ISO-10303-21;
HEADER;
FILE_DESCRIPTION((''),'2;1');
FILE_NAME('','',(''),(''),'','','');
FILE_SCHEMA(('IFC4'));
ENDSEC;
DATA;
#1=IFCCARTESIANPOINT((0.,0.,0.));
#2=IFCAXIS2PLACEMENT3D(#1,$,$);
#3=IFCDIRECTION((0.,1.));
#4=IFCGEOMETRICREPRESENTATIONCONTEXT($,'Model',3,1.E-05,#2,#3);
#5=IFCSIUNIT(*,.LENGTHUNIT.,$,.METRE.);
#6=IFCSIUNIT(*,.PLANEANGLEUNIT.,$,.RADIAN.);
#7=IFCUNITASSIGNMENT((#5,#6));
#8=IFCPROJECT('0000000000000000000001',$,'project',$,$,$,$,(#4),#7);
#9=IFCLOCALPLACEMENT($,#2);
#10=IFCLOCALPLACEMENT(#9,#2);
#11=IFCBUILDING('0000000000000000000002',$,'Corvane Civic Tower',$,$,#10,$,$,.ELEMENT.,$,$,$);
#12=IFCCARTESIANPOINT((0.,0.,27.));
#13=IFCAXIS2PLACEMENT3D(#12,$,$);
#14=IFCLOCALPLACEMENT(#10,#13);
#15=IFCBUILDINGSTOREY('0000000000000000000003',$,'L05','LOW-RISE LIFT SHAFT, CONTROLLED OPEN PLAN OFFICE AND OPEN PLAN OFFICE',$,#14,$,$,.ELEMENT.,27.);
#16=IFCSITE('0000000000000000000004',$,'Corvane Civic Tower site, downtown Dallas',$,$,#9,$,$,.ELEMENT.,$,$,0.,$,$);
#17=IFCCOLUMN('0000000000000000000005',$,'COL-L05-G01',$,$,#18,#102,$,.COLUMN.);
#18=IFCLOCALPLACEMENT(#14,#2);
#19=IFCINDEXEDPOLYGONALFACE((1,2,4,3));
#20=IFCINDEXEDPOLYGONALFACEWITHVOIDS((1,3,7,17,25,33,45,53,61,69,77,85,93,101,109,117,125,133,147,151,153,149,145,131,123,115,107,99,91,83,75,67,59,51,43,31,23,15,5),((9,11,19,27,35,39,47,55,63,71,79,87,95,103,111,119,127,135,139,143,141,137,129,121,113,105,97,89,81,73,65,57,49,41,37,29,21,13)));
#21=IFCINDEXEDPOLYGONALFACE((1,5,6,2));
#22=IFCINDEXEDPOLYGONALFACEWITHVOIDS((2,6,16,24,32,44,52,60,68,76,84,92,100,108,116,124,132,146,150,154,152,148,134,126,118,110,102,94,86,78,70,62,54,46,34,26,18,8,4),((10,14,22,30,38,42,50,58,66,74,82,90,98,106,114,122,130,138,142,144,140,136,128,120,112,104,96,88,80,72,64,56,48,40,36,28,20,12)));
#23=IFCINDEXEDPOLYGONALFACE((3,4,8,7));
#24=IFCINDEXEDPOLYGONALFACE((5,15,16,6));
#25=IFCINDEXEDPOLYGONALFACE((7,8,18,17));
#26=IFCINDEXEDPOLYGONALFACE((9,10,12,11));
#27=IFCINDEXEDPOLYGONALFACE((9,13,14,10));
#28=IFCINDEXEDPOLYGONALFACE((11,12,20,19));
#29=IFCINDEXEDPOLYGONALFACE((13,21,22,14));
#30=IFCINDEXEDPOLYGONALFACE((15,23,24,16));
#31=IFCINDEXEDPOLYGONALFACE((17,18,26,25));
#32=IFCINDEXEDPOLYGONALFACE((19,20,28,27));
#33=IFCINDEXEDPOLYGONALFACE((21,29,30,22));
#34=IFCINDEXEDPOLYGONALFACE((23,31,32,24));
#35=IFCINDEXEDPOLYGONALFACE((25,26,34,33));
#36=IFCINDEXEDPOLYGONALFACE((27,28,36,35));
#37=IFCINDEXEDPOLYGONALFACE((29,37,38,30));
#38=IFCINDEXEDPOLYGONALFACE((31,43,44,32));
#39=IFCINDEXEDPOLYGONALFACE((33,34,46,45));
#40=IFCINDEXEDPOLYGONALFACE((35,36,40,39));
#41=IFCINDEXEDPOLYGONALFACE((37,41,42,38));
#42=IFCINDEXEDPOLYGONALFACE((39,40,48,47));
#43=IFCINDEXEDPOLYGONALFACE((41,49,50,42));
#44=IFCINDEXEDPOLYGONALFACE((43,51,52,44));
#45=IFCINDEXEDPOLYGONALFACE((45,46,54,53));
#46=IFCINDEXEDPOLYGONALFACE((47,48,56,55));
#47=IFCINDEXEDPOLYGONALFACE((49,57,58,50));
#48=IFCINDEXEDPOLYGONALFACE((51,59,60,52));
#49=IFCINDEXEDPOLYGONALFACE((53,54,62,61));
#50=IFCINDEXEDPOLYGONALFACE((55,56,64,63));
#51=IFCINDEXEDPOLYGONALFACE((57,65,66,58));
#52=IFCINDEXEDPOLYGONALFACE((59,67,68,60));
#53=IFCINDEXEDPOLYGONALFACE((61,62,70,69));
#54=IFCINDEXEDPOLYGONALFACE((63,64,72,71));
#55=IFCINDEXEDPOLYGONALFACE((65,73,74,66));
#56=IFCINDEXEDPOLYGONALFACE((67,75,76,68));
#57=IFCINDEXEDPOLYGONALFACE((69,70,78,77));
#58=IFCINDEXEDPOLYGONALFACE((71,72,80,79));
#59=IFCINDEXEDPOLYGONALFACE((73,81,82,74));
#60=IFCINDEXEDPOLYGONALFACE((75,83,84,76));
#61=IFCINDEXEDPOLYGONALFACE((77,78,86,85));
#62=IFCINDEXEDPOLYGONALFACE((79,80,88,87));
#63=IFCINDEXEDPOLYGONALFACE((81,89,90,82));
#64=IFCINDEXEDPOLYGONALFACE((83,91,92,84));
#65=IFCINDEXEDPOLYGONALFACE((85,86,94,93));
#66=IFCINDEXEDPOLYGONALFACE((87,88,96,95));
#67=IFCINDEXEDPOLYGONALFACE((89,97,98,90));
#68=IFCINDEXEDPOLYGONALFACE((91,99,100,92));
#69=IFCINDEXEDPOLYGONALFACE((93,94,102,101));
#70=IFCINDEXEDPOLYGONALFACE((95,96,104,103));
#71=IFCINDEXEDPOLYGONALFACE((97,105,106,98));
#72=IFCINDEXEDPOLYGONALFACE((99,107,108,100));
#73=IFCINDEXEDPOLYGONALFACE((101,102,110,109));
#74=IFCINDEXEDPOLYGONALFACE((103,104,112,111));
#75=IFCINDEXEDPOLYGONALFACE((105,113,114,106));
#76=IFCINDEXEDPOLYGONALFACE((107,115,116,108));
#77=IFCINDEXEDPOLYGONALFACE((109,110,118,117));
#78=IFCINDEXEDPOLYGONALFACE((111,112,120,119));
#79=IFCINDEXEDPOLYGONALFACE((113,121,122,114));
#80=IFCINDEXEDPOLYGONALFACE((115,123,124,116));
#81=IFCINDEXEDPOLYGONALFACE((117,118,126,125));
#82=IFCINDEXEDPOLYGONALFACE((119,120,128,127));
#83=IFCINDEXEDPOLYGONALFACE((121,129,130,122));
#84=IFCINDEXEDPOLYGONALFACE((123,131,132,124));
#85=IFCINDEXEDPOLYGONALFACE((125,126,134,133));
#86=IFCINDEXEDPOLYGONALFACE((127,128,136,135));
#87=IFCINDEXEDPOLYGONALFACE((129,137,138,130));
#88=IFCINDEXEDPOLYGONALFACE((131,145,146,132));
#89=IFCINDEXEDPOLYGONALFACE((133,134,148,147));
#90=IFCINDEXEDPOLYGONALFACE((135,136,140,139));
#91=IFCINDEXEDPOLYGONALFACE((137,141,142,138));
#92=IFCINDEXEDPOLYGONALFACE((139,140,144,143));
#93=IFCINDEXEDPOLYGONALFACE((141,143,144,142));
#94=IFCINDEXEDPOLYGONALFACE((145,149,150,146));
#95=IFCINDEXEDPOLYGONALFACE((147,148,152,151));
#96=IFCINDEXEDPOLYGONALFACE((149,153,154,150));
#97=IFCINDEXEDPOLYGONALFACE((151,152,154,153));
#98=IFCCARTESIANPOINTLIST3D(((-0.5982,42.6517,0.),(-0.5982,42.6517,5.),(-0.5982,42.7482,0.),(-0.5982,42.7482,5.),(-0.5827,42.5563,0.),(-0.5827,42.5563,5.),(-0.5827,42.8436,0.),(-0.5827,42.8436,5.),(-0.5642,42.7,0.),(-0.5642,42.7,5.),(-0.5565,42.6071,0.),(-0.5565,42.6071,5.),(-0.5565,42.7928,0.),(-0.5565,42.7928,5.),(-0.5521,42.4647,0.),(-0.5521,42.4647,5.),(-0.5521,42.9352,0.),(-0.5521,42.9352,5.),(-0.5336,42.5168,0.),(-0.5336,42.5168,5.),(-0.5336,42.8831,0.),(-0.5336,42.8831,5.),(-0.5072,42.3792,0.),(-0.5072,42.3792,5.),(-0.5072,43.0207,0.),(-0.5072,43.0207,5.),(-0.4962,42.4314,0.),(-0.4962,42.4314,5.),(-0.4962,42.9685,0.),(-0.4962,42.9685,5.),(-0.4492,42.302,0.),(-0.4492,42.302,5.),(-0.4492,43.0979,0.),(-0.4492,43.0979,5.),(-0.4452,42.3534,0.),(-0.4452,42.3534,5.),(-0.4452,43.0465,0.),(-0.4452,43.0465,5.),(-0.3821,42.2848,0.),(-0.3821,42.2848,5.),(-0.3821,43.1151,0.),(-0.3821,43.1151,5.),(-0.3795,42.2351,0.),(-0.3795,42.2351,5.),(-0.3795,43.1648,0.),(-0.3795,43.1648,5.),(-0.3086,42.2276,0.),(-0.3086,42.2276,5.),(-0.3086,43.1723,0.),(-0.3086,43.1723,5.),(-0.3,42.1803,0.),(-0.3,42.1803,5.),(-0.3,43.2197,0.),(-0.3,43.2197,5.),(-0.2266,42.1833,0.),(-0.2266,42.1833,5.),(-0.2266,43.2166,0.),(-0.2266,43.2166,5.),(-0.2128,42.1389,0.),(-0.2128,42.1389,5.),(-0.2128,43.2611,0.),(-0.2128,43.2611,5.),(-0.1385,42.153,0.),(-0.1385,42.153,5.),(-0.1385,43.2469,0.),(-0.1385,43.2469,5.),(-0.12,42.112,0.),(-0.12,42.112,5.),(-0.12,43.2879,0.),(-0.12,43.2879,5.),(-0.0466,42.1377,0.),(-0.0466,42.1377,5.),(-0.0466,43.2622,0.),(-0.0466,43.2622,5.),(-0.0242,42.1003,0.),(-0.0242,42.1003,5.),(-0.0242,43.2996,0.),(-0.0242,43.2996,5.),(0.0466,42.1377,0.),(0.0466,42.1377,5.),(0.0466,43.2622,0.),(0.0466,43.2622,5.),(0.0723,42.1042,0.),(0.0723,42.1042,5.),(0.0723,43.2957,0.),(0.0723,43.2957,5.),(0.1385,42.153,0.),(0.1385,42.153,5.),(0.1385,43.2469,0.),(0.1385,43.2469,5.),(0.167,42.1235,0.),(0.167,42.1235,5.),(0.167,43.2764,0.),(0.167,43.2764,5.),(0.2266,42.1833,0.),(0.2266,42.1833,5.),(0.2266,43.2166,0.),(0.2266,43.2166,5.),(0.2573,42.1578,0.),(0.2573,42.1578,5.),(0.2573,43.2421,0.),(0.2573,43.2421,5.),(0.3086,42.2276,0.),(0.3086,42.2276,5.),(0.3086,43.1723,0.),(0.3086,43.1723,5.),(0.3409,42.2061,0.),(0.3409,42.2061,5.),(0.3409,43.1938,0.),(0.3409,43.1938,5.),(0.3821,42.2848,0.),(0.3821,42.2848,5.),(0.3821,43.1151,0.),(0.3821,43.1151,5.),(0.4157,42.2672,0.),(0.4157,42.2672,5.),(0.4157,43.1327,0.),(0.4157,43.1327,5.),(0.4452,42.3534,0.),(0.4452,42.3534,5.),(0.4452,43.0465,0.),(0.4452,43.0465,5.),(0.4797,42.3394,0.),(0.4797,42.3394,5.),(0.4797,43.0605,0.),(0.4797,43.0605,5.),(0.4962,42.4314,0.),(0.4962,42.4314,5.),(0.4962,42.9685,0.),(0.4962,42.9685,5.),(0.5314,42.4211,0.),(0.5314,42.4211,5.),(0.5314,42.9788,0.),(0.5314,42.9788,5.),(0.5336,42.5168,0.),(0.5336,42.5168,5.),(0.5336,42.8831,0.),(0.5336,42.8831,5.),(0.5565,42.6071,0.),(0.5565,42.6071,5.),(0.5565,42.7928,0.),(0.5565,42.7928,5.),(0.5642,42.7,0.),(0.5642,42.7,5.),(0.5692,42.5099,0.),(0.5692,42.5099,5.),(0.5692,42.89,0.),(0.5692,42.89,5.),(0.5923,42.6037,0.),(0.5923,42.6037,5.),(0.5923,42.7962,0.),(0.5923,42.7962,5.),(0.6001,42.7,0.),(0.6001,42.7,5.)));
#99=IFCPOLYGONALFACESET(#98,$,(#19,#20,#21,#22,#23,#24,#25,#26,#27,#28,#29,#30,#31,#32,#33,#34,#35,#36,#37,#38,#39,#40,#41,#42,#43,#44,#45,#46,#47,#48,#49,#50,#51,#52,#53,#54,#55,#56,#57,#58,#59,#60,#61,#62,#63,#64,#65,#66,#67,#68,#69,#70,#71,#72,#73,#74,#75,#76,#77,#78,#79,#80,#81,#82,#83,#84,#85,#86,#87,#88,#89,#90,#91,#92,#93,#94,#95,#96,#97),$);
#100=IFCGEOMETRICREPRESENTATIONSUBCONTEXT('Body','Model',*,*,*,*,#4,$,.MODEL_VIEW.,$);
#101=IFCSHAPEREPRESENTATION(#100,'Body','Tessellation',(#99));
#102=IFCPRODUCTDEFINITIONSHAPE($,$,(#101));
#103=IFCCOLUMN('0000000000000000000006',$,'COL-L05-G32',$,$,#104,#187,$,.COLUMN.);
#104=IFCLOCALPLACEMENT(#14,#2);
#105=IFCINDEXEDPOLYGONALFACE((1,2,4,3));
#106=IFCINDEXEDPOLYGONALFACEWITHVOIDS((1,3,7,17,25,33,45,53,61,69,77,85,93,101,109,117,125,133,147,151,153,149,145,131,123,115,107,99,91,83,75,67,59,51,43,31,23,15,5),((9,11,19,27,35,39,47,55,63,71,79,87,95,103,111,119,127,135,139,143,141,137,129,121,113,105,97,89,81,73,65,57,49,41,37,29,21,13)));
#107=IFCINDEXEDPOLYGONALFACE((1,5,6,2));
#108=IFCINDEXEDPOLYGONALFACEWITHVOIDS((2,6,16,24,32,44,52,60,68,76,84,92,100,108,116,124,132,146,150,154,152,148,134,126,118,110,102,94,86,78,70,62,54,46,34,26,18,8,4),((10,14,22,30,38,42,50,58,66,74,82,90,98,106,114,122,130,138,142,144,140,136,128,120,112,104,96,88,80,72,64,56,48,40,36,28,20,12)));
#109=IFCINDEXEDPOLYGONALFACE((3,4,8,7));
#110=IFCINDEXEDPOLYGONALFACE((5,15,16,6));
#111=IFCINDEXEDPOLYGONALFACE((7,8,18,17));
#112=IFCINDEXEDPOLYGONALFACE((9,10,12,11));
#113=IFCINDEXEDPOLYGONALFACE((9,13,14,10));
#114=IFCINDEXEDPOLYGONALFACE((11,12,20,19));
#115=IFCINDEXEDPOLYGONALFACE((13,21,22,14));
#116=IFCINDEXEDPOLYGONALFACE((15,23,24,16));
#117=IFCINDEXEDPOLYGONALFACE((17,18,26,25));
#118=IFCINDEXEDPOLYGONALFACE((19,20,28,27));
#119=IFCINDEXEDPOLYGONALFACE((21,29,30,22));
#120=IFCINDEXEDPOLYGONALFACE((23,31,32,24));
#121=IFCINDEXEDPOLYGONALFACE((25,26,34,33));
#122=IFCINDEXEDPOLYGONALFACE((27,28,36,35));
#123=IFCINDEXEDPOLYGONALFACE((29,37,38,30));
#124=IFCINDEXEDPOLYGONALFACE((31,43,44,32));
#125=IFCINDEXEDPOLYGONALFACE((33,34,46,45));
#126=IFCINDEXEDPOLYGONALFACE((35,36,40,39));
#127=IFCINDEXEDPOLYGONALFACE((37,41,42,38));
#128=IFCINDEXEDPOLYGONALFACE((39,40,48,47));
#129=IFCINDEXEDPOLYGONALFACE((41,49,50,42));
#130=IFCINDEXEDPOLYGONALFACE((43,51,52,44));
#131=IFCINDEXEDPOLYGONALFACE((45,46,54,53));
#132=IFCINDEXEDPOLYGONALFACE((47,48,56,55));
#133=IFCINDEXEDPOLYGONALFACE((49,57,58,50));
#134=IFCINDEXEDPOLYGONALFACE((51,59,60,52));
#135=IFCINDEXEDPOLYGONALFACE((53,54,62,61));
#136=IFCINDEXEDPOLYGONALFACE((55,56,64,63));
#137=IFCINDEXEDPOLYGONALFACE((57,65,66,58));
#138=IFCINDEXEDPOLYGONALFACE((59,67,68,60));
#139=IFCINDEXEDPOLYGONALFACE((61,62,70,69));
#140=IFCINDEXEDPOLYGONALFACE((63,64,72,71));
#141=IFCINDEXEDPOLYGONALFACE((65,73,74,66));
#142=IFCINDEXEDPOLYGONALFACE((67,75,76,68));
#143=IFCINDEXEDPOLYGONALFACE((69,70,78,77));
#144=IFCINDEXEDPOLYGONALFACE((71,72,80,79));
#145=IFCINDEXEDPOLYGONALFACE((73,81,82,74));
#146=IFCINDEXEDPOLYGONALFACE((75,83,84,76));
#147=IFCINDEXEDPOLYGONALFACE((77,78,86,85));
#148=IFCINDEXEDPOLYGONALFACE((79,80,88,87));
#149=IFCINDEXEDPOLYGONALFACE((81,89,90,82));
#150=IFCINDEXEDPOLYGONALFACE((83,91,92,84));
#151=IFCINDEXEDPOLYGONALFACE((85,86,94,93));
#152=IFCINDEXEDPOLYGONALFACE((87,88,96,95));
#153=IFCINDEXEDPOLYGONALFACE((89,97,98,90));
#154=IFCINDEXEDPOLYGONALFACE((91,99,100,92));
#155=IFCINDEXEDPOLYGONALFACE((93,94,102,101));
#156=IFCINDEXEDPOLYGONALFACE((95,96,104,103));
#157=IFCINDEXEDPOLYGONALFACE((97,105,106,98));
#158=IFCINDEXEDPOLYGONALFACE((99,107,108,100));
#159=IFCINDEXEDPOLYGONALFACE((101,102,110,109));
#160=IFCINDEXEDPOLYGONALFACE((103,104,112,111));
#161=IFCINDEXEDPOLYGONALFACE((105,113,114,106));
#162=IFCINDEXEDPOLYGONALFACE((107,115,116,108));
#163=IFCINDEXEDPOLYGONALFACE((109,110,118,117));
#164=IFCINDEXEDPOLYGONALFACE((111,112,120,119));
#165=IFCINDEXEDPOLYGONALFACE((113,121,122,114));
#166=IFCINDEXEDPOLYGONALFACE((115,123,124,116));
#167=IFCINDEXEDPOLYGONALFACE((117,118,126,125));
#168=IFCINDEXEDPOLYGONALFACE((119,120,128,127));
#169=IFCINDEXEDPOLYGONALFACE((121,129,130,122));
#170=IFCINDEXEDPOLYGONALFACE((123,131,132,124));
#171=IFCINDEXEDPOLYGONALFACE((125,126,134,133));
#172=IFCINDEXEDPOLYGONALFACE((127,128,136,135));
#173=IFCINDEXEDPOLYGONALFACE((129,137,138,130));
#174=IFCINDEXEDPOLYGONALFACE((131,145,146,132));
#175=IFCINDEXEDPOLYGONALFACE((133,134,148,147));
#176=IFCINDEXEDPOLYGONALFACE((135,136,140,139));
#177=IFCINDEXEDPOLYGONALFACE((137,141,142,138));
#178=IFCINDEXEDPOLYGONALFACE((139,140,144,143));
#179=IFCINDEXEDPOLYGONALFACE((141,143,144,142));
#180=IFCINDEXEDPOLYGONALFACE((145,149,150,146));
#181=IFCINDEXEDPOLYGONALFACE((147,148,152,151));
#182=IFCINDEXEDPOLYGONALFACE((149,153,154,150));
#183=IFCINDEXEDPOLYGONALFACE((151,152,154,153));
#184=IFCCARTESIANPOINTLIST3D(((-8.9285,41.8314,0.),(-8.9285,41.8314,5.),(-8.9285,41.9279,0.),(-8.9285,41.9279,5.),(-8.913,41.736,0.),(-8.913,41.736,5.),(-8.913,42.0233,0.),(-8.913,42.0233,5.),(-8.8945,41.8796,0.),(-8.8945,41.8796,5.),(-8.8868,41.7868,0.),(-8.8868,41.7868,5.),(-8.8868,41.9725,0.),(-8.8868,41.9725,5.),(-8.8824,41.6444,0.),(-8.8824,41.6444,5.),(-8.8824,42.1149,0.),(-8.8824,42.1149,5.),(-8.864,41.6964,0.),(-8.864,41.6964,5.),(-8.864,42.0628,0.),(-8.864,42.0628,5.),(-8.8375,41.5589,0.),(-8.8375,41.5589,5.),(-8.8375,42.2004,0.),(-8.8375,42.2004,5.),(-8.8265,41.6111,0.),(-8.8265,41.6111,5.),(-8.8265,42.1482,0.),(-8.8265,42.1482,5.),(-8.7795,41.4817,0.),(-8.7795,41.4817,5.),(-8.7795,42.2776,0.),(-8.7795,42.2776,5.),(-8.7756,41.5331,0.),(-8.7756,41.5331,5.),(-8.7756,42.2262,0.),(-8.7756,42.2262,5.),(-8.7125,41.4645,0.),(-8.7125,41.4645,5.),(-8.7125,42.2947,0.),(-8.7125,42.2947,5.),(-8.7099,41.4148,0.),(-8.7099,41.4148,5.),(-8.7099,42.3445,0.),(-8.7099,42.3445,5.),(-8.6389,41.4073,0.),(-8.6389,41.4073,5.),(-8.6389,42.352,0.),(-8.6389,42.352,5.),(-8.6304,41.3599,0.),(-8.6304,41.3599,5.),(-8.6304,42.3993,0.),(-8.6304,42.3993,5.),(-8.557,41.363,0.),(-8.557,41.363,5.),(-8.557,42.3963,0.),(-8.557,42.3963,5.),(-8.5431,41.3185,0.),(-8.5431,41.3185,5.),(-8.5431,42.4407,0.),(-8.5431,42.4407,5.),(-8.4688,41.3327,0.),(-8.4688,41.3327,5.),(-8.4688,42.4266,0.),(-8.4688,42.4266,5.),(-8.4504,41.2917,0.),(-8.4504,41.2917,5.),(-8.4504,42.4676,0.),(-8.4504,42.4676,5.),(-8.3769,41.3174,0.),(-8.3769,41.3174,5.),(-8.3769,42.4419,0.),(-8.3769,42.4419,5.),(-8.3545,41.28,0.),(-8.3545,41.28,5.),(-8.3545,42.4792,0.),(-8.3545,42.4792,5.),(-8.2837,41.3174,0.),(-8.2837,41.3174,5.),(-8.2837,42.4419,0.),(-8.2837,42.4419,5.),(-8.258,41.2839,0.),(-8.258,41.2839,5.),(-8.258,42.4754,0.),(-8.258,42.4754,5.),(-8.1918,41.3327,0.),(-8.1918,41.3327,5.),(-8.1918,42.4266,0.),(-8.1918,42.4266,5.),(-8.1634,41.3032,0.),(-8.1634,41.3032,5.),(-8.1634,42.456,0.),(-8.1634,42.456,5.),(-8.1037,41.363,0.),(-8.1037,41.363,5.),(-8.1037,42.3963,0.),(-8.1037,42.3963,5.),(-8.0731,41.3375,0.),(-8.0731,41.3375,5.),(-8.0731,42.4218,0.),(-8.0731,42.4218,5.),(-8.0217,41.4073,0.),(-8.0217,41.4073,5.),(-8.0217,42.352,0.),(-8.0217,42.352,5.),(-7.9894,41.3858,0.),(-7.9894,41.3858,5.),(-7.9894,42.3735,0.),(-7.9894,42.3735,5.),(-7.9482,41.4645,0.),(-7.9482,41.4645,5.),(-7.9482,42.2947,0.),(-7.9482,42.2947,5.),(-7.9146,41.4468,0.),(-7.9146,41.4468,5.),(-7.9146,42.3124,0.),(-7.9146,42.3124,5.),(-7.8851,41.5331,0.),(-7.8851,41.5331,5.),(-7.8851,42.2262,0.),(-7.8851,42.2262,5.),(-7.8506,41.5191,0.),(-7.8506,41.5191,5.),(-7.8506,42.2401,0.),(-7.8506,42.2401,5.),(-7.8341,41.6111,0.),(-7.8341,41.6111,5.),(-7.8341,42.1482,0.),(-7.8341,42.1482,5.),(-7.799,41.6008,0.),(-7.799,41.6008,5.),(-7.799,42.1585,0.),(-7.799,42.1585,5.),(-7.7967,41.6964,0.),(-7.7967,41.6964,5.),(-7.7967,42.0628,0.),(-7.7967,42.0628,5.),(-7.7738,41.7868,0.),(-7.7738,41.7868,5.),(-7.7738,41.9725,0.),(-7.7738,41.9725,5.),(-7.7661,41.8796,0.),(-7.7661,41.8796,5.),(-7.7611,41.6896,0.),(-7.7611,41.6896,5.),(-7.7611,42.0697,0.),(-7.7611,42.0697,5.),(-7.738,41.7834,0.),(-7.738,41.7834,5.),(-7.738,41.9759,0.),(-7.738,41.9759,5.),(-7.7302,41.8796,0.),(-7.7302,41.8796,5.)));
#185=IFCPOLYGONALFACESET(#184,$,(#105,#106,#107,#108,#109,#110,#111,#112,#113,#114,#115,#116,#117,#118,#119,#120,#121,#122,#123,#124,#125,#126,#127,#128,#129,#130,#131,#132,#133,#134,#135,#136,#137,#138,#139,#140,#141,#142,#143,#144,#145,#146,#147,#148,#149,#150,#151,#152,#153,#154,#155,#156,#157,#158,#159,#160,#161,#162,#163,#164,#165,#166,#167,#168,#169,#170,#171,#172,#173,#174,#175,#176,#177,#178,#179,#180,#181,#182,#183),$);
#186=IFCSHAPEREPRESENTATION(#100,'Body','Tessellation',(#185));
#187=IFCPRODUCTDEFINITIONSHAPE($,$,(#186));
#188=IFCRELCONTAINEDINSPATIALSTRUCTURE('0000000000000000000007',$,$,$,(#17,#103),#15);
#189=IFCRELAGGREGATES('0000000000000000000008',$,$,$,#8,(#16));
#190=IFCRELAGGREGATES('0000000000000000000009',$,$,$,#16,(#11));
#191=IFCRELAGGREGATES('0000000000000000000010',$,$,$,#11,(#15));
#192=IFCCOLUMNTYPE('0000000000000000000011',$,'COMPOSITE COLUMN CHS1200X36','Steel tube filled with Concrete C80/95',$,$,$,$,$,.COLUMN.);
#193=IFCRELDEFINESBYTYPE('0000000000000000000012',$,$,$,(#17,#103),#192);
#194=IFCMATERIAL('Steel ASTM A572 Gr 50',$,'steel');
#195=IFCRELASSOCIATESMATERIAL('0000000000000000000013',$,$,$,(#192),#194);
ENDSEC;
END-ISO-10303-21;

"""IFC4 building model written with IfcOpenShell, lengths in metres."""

from ifc_helpers import new_model, si_unit, direction, frame, origin, origin_2d, place, context, subcontext, project, spatial, hollow_circle, extrude, material, material_profile, profile_set, type_object, element, save


model = new_model("IFC4")

# Units and contexts
model_context = context("Model", 3, precision=1e-05, world=origin(), true_north=direction((0.0, 1.0)))
body_context = subcontext(model_context, "Body", "Model", "MODEL_VIEW")
ifc_project = project(units=[si_unit("LENGTHUNIT", "METRE"), si_unit("PLANEANGLEUNIT", "RADIAN")], contexts=[model_context])

# Site, building, storey
site_placement = place(None, origin())
site = spatial("IfcSite", under=ifc_project, at=site_placement, Name="Corvane Civic Tower site, downtown Dallas", CompositionType="ELEMENT", RefElevation=0.0)
building_placement = place(site_placement, origin())
building = spatial("IfcBuilding", under=site, at=building_placement, Name="Corvane Civic Tower", CompositionType="ELEMENT")
storey_placement = place(building_placement, frame((0.0, 0.0, 27.0)))
storey = spatial("IfcBuildingStorey", under=building, at=storey_placement, Name="L05", Description="LOW-RISE LIFT SHAFT, CONTROLLED OPEN PLAN OFFICE AND OPEN PLAN OFFICE", CompositionType="ELEMENT", Elevation=27.0)

# Columns
ifc_material_1 = material(Name="Steel ASTM A572 Gr 50", Category="steel")
ifc_material_profile_1 = material_profile(ifc_material_1, hollow_circle(Radius=0.6001, WallThickness=0.0359, at=origin_2d()), Name="CHS1200X36")
ifc_profile_set_1 = profile_set([ifc_material_profile_1], Name="Steel ASTM A572 Gr 50")
column_type_1 = type_object("IfcColumnType", Name="COMPOSITE COLUMN CHS1200X36", Description="Steel tube filled with Concrete C80/95", PredefinedType="COLUMN", material=ifc_profile_set_1)
for number, where, z_axis, x_axis, name in (
    (1, (0.0, 42.7, 0.0), (0.0, 0.0, 1.0), (1.0, 0.0, 0.0), "COL-L05-G01"),
    (2, (-8.3303, 41.8796, 0.0), (0.0, 0.0, 1.0), (1.0, 0.0, 0.0), "COL-L05-G32"),
):
    element("IfcColumn", number, at=place(storey_placement, frame(where, z_axis=z_axis, x_axis=x_axis)), inside=storey, type_object=column_type_1, Name=name, PredefinedType="COLUMN", context=body_context, shape_type="SweptSolid", body=[
        extrude(hollow_circle(Radius=0.6001, WallThickness=0.0359, at=origin_2d()), origin(), (0.0, 0.0, 1.0), 5.0),
    ])

save(model, "model.ifc")
